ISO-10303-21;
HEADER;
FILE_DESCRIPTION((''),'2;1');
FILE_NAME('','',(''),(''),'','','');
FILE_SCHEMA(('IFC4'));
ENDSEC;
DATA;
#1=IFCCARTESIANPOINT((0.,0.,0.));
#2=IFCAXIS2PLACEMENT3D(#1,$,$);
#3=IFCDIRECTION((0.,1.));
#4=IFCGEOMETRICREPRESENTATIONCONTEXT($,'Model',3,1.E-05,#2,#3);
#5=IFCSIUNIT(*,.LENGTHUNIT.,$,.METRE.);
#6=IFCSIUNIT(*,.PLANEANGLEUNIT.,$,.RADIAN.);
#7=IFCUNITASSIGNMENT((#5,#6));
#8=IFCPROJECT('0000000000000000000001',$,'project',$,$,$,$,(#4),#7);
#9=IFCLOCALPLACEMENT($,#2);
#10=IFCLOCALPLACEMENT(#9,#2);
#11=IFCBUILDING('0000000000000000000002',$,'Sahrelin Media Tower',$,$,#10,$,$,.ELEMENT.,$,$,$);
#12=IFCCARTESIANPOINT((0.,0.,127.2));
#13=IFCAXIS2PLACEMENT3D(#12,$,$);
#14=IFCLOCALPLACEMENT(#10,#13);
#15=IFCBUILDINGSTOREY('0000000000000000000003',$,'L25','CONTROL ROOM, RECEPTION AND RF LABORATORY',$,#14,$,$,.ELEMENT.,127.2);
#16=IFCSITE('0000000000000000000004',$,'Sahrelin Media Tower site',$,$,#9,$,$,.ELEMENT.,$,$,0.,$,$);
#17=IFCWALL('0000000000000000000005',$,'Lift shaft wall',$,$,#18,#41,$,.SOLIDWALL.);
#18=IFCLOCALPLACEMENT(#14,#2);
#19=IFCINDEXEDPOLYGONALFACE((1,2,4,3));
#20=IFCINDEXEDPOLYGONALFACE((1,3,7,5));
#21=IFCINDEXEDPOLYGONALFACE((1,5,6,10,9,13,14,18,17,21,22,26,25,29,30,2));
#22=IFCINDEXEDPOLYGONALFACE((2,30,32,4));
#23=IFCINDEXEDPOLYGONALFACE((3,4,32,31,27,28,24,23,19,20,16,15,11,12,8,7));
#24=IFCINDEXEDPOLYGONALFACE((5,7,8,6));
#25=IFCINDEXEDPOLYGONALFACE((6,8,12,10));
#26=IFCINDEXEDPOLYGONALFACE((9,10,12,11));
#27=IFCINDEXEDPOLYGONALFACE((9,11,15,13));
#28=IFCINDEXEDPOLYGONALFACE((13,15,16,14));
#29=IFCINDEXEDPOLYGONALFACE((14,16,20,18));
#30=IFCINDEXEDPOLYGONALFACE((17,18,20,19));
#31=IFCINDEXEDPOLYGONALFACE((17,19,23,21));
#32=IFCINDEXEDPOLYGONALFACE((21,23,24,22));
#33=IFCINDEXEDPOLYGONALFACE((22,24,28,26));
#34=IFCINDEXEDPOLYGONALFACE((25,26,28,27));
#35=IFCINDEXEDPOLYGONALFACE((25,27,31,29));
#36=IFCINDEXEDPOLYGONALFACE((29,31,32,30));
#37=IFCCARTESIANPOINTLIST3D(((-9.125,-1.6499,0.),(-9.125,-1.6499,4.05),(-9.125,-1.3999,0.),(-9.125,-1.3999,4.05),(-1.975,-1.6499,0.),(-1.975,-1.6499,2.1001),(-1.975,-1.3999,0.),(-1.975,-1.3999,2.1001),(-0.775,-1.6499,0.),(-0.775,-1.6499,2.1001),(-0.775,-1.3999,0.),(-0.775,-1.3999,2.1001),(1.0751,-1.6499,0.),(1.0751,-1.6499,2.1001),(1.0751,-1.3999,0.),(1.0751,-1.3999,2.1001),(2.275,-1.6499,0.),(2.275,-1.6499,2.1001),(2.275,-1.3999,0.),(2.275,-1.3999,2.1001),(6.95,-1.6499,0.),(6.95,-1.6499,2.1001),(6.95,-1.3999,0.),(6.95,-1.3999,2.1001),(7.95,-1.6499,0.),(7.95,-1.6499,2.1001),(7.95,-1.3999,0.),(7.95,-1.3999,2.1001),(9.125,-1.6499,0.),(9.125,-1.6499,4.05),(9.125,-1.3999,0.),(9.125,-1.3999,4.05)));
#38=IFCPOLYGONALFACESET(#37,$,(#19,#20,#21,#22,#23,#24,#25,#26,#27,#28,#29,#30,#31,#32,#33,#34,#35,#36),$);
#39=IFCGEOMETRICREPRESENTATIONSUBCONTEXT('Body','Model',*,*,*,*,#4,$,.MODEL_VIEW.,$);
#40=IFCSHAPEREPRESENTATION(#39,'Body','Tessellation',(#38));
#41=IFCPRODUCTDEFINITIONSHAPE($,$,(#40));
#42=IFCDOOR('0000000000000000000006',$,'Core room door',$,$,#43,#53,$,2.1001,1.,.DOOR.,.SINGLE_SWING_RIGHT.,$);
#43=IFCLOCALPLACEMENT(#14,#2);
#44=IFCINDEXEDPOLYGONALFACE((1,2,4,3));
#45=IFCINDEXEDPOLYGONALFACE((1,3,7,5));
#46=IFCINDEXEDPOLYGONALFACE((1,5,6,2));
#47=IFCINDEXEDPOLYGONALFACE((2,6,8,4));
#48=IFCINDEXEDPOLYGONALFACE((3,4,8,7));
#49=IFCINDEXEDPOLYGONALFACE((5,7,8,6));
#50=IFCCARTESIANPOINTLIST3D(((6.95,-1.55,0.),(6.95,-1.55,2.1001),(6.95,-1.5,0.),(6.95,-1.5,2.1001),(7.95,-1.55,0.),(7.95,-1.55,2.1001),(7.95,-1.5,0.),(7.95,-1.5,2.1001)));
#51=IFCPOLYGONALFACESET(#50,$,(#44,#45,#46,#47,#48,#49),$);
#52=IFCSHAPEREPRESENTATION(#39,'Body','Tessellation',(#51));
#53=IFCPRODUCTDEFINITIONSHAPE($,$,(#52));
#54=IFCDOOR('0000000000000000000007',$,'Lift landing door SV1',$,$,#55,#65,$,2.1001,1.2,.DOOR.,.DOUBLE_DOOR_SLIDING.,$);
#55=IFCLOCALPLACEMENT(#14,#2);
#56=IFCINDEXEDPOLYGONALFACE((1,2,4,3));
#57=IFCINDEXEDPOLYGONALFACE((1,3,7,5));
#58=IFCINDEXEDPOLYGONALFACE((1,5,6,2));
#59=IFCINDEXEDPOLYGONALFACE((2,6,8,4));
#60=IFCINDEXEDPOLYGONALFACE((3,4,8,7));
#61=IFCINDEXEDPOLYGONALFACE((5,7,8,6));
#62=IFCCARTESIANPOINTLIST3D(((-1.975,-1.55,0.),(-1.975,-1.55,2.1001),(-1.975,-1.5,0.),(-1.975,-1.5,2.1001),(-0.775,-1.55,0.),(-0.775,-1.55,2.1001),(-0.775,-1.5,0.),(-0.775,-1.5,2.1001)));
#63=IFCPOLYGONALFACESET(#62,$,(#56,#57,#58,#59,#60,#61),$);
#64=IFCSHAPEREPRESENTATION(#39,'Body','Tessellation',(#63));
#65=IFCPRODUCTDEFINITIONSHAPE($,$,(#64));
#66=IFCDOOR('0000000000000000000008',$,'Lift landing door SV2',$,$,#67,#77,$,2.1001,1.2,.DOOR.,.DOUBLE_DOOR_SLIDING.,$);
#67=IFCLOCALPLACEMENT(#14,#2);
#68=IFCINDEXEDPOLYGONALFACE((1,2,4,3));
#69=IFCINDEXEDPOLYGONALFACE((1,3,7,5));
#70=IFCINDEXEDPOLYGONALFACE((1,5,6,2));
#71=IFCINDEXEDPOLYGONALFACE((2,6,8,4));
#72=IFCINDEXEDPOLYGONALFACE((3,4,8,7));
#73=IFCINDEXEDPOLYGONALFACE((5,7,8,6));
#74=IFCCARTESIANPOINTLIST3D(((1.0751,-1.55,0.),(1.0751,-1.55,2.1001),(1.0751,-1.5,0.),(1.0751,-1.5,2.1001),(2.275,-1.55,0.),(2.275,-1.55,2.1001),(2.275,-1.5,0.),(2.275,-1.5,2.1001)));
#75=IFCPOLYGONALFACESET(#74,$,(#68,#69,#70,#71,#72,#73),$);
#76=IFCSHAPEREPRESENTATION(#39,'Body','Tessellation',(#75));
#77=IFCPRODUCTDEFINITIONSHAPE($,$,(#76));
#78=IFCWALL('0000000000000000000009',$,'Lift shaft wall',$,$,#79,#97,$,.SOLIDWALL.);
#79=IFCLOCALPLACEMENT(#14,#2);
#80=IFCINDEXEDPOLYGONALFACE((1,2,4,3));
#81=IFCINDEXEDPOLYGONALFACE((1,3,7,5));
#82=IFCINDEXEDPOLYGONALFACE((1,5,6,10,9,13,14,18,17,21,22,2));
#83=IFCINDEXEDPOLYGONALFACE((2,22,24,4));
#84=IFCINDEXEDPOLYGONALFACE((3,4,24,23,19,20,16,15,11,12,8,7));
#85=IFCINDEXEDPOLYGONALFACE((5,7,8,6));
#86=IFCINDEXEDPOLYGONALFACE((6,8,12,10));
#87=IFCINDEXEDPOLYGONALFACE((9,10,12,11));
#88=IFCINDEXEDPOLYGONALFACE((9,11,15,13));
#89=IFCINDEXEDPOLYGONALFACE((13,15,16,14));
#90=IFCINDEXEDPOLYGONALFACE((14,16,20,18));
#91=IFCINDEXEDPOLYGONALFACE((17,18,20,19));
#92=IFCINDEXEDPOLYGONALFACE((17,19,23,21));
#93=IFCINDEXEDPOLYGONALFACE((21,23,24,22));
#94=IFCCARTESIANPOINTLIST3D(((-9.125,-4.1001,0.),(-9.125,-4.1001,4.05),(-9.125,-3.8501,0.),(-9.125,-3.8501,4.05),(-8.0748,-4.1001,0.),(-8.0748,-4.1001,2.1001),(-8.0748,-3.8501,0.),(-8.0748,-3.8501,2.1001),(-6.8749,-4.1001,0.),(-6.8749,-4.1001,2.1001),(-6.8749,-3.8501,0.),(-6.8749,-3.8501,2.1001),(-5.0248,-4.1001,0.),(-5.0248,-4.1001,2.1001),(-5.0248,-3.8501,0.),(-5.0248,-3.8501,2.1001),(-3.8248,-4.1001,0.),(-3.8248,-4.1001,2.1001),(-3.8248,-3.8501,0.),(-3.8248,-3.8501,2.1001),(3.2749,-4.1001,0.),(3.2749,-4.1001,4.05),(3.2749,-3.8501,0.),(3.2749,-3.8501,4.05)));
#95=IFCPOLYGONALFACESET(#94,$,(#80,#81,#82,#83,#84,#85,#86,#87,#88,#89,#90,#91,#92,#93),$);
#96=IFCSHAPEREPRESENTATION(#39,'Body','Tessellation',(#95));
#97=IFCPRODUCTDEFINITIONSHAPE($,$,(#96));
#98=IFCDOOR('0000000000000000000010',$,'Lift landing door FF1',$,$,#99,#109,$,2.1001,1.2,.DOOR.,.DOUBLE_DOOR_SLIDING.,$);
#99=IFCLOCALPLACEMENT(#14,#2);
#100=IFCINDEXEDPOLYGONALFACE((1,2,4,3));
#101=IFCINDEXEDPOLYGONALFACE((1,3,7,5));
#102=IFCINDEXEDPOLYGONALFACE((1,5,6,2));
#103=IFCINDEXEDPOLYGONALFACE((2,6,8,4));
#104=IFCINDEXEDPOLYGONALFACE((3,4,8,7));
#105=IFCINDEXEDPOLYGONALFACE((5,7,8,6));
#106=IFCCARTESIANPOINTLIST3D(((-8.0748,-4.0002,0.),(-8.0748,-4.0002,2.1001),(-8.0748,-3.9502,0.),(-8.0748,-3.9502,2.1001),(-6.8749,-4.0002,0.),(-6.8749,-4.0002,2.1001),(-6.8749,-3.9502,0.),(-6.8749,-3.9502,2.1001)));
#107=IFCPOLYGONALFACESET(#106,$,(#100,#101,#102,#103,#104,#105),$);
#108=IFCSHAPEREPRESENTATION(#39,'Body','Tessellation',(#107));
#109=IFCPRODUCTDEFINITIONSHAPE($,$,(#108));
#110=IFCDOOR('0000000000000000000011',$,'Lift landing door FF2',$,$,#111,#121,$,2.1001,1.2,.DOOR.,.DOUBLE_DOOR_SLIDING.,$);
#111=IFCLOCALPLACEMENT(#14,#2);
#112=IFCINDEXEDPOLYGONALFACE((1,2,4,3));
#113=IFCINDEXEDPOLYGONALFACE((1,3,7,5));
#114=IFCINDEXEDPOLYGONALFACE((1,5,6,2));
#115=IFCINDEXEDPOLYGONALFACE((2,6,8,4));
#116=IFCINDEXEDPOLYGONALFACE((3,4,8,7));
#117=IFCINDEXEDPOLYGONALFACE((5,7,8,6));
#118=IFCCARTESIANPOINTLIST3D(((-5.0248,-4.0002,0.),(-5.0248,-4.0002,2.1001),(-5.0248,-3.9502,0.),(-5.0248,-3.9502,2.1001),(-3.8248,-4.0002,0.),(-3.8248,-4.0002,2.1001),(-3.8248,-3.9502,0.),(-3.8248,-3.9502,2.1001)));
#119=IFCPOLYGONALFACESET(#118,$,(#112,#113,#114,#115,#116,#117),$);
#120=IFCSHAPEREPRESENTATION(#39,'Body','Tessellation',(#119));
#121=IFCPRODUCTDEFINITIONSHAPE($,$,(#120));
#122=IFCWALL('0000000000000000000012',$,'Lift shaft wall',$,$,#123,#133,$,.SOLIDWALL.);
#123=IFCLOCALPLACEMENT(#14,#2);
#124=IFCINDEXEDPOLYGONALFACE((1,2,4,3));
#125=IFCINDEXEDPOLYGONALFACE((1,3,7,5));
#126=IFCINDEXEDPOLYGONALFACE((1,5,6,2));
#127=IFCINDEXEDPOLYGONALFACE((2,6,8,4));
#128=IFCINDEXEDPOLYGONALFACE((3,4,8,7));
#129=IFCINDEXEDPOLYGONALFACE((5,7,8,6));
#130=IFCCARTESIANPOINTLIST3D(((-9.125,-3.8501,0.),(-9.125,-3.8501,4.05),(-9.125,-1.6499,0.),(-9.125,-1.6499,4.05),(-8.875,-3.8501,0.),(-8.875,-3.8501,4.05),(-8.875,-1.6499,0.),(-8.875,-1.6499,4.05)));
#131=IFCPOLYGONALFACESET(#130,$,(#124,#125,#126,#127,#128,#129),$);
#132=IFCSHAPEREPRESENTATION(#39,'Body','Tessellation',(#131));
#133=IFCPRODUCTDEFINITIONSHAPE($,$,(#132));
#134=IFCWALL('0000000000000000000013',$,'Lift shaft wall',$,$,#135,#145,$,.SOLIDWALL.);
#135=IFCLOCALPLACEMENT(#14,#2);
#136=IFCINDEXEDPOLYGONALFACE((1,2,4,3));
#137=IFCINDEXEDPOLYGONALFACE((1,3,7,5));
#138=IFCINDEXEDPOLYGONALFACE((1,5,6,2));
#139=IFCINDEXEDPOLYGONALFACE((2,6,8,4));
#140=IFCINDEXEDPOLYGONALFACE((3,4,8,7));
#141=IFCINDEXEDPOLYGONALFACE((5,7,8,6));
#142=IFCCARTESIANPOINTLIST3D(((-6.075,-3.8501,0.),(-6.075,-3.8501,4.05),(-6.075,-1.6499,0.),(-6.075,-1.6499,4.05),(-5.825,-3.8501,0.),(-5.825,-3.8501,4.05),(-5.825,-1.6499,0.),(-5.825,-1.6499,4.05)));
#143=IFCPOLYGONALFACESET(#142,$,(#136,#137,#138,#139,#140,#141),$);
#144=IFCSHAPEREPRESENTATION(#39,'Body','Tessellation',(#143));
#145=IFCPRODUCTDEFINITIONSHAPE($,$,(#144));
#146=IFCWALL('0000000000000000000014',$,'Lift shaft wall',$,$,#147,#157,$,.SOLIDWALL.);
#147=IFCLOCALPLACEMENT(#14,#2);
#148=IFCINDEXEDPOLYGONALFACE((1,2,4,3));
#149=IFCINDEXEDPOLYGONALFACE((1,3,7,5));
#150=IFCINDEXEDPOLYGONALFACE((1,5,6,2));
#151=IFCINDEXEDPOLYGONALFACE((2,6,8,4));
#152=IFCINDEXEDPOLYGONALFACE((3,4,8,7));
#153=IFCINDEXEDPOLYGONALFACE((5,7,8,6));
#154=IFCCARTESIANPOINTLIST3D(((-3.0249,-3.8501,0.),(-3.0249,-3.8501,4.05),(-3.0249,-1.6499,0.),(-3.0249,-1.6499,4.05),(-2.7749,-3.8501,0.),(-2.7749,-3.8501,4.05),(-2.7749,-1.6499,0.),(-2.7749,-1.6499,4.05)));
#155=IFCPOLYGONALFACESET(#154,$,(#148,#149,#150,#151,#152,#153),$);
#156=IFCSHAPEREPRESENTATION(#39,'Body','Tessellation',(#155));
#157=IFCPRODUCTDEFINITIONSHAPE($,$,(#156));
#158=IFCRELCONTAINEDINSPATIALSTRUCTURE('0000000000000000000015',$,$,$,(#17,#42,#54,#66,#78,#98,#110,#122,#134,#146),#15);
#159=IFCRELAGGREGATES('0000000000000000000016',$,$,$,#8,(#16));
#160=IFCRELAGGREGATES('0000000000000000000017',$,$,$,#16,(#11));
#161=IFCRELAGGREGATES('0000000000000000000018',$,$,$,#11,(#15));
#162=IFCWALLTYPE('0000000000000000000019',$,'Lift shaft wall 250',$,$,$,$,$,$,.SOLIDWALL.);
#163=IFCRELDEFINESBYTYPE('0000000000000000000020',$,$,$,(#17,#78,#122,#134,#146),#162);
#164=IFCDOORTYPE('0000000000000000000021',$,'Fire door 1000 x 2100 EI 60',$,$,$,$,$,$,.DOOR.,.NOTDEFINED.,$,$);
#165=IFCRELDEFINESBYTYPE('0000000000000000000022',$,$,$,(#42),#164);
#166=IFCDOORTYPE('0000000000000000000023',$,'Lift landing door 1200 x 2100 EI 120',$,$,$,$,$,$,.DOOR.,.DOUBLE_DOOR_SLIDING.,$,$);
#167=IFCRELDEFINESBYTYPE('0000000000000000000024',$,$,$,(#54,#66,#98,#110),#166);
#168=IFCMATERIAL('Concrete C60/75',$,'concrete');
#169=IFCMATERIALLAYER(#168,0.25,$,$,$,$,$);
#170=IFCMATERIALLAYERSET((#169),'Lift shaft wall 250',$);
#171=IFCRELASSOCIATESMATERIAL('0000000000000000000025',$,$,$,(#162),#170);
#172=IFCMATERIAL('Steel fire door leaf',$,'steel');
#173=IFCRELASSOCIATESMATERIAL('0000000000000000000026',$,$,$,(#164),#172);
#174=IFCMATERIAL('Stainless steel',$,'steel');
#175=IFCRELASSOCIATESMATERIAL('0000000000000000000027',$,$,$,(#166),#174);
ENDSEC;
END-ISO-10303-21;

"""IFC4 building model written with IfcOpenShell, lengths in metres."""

from ifc_helpers import new_model, si_unit, direction, frame, frame_2d, origin, place, context, subcontext, project, spatial, rectangle, extrude, material, layer, layer_set, type_object, element, fill, save


model = new_model("IFC4")

# Units and contexts
model_context = context("Model", 3, precision=1e-05, world=origin(), true_north=direction((0.0, 1.0)))
body_context = subcontext(model_context, "Body", "Model", "MODEL_VIEW")
ifc_project = project(units=[si_unit("LENGTHUNIT", "METRE"), si_unit("PLANEANGLEUNIT", "RADIAN")], contexts=[model_context])

# Site, building, storey
site_placement = place(None, origin())
site = spatial("IfcSite", under=ifc_project, at=site_placement, Name="Sahrelin Media Tower site", CompositionType="ELEMENT", RefElevation=0.0)
building_placement = place(site_placement, origin())
building = spatial("IfcBuilding", under=site, at=building_placement, Name="Sahrelin Media Tower", CompositionType="ELEMENT")
storey_placement = place(building_placement, frame((0.0, 0.0, 127.2)))
storey = spatial("IfcBuildingStorey", under=building, at=storey_placement, Name="L25", Description="CONTROL ROOM, RECEPTION AND RF LABORATORY", CompositionType="ELEMENT", Elevation=127.2)

# Shared definitions
ifc_material_1 = material(Name="Steel fire door leaf", Category="steel")

# Walls, openings, doors
ifc_material_2 = material(Name="Concrete C60/75", Category="concrete")
ifc_layer_1 = layer(ifc_material_2, 0.25)
ifc_layer_set_1 = layer_set([ifc_layer_1], Name="Lift shaft wall 250")
wall_type_1 = type_object("IfcWallType", Name="Lift shaft wall 250", PredefinedType="SOLIDWALL", material=ifc_layer_set_1)
wall_1_placement = place(storey_placement, frame((-9.125, -1.5249, 0.0), z_axis=(0.0, 0.0, 1.0), x_axis=(1.0, 0.0, 0.0)))
wall_1 = element("IfcWall", 1, at=wall_1_placement, inside=storey, type_object=wall_type_1, Name="Lift shaft wall", PredefinedType="SOLIDWALL", context=body_context, shape_type="SweptSolid", body=[
    extrude(rectangle(XDim=18.25, YDim=0.25, at=frame_2d((9.125, 0.0))), origin(), (0.0, 0.0, 1.0), 4.05),
])
opening_1_placement = place(wall_1_placement, frame((7.1499, 0.0, 0.0)))
opening_1 = element("IfcOpeningElement", 2, at=opening_1_placement, cuts=wall_1, PredefinedType="OPENING", context=body_context, shape_type="SweptSolid", body=[
    extrude(rectangle(XDim=1.2, YDim=2.1001, at=frame_2d((0.6001, 1.05))), frame((0.0, 0.125, 0.0), z_axis=(0.0, -1.0, 0.0), x_axis=(1.0, 0.0, 0.0)), (0.0, 0.0, 1.0), 0.25),
])
opening_2_placement = place(wall_1_placement, frame((10.2, 0.0, 0.0)))
opening_2 = element("IfcOpeningElement", 3, at=opening_2_placement, cuts=wall_1, PredefinedType="OPENING", context=body_context, shape_type="SweptSolid", body=[
    extrude(rectangle(XDim=1.2, YDim=2.1001, at=frame_2d((0.6001, 1.05))), frame((0.0, 0.125, 0.0), z_axis=(0.0, -1.0, 0.0), x_axis=(1.0, 0.0, 0.0)), (0.0, 0.0, 1.0), 0.25),
])
opening_3_placement = place(wall_1_placement, frame((16.075, 0.0, 0.0)))
opening_3 = element("IfcOpeningElement", 4, at=opening_3_placement, cuts=wall_1, PredefinedType="OPENING", context=body_context, shape_type="SweptSolid", body=[
    extrude(rectangle(XDim=1.0, YDim=2.1001, at=frame_2d((0.5, 1.05))), frame((0.0, 0.125, 0.0), z_axis=(0.0, -1.0, 0.0), x_axis=(1.0, 0.0, 0.0)), (0.0, 0.0, 1.0), 0.25),
])
door_type_1 = type_object("IfcDoorType", Name="Fire door 1000 x 2100 EI 60", OperationType="NOTDEFINED", PredefinedType="DOOR", material=ifc_material_1)
door_1_placement = place(opening_3_placement, origin())
door_1 = element("IfcDoor", 5, at=door_1_placement, inside=storey, type_object=door_type_1, Name="Core room door", OperationType="SINGLE_SWING_RIGHT", OverallHeight=2.1001, OverallWidth=1.0, PredefinedType="DOOR", context=body_context, shape_type="SweptSolid", body=[
    extrude(rectangle(XDim=1.0, YDim=2.1001, at=frame_2d((0.5, 1.05))), frame((0.0, 0.0249, 0.0), z_axis=(0.0, -1.0, 0.0), x_axis=(1.0, 0.0, 0.0)), (0.0, 0.0, 1.0), 0.05),
])
fill(opening_3, door_1)
ifc_material_3 = material(Name="Stainless steel", Category="steel")
door_type_2 = type_object("IfcDoorType", Name="Lift landing door 1200 x 2100 EI 120", OperationType="DOUBLE_DOOR_SLIDING", PredefinedType="DOOR", material=ifc_material_3)
door_2_placement = place(opening_1_placement, origin())
door_2 = element("IfcDoor", 6, at=door_2_placement, inside=storey, type_object=door_type_2, Name="Lift landing door SV1", OperationType="DOUBLE_DOOR_SLIDING", OverallHeight=2.1001, OverallWidth=1.2, PredefinedType="DOOR", context=body_context, shape_type="SweptSolid", body=[
    extrude(rectangle(XDim=1.2, YDim=2.1001, at=frame_2d((0.6001, 1.05))), frame((0.0, 0.0249, 0.0), z_axis=(0.0, -1.0, 0.0), x_axis=(1.0, 0.0, 0.0)), (0.0, 0.0, 1.0), 0.05),
])
fill(opening_1, door_2)
door_3_placement = place(opening_2_placement, origin())
door_3 = element("IfcDoor", 7, at=door_3_placement, inside=storey, type_object=door_type_2, Name="Lift landing door SV2", OperationType="DOUBLE_DOOR_SLIDING", OverallHeight=2.1001, OverallWidth=1.2, PredefinedType="DOOR", context=body_context, shape_type="SweptSolid", body=[
    extrude(rectangle(XDim=1.2, YDim=2.1001, at=frame_2d((0.6001, 1.05))), frame((0.0, 0.0249, 0.0), z_axis=(0.0, -1.0, 0.0), x_axis=(1.0, 0.0, 0.0)), (0.0, 0.0, 1.0), 0.05),
])
fill(opening_2, door_3)
wall_2_placement = place(storey_placement, frame((-9.125, -3.9751, 0.0), z_axis=(0.0, 0.0, 1.0), x_axis=(1.0, 0.0, 0.0)))
wall_2 = element("IfcWall", 8, at=wall_2_placement, inside=storey, type_object=wall_type_1, Name="Lift shaft wall", PredefinedType="SOLIDWALL", context=body_context, shape_type="SweptSolid", body=[
    extrude(rectangle(XDim=12.3999, YDim=0.25, at=frame_2d((6.2, 0.0))), origin(), (0.0, 0.0, 1.0), 4.05),
])
opening_4_placement = place(wall_2_placement, frame((1.05, 0.0, 0.0)))
opening_4 = element("IfcOpeningElement", 9, at=opening_4_placement, cuts=wall_2, PredefinedType="OPENING", context=body_context, shape_type="SweptSolid", body=[
    extrude(rectangle(XDim=1.2, YDim=2.1001, at=frame_2d((0.6001, 1.05))), frame((0.0, 0.125, 0.0), z_axis=(0.0, -1.0, 0.0), x_axis=(1.0, 0.0, 0.0)), (0.0, 0.0, 1.0), 0.25),
])
opening_5_placement = place(wall_2_placement, frame((4.1001, 0.0, 0.0)))
opening_5 = element("IfcOpeningElement", 10, at=opening_5_placement, cuts=wall_2, PredefinedType="OPENING", context=body_context, shape_type="SweptSolid", body=[
    extrude(rectangle(XDim=1.2, YDim=2.1001, at=frame_2d((0.6001, 1.05))), frame((0.0, 0.125, 0.0), z_axis=(0.0, -1.0, 0.0), x_axis=(1.0, 0.0, 0.0)), (0.0, 0.0, 1.0), 0.25),
])
door_4_placement = place(opening_4_placement, origin())
door_4 = element("IfcDoor", 11, at=door_4_placement, inside=storey, type_object=door_type_2, Name="Lift landing door FF1", OperationType="DOUBLE_DOOR_SLIDING", OverallHeight=2.1001, OverallWidth=1.2, PredefinedType="DOOR", context=body_context, shape_type="SweptSolid", body=[
    extrude(rectangle(XDim=1.2, YDim=2.1001, at=frame_2d((0.6001, 1.05))), frame((0.0, 0.0249, 0.0), z_axis=(0.0, -1.0, 0.0), x_axis=(1.0, 0.0, 0.0)), (0.0, 0.0, 1.0), 0.05),
])
fill(opening_4, door_4)
door_5_placement = place(opening_5_placement, origin())
door_5 = element("IfcDoor", 12, at=door_5_placement, inside=storey, type_object=door_type_2, Name="Lift landing door FF2", OperationType="DOUBLE_DOOR_SLIDING", OverallHeight=2.1001, OverallWidth=1.2, PredefinedType="DOOR", context=body_context, shape_type="SweptSolid", body=[
    extrude(rectangle(XDim=1.2, YDim=2.1001, at=frame_2d((0.6001, 1.05))), frame((0.0, 0.0249, 0.0), z_axis=(0.0, -1.0, 0.0), x_axis=(1.0, 0.0, 0.0)), (0.0, 0.0, 1.0), 0.05),
])
fill(opening_5, door_5)

# Walls
for number, where, z_axis, x_axis, name in (
    (13, (-9.0, -3.8501, 0.0), (0.0, 0.0, 1.0), (0.0, 1.0, 0.0), "Lift shaft wall"),
    (14, (-5.95, -3.8501, 0.0), (0.0, 0.0, 1.0), (0.0, 1.0, 0.0), "Lift shaft wall"),
    (15, (-2.8999, -3.8501, 0.0), (0.0, 0.0, 1.0), (0.0, 1.0, 0.0), "Lift shaft wall"),
):
    element("IfcWall", number, at=place(storey_placement, frame(where, z_axis=z_axis, x_axis=x_axis)), inside=storey, type_object=wall_type_1, Name=name, PredefinedType="SOLIDWALL", context=body_context, shape_type="SweptSolid", body=[
        extrude(rectangle(XDim=2.2002, YDim=0.25, at=frame_2d((1.1001, 0.0))), origin(), (0.0, 0.0, 1.0), 4.05),
    ])

save(model, "model.ifc")
